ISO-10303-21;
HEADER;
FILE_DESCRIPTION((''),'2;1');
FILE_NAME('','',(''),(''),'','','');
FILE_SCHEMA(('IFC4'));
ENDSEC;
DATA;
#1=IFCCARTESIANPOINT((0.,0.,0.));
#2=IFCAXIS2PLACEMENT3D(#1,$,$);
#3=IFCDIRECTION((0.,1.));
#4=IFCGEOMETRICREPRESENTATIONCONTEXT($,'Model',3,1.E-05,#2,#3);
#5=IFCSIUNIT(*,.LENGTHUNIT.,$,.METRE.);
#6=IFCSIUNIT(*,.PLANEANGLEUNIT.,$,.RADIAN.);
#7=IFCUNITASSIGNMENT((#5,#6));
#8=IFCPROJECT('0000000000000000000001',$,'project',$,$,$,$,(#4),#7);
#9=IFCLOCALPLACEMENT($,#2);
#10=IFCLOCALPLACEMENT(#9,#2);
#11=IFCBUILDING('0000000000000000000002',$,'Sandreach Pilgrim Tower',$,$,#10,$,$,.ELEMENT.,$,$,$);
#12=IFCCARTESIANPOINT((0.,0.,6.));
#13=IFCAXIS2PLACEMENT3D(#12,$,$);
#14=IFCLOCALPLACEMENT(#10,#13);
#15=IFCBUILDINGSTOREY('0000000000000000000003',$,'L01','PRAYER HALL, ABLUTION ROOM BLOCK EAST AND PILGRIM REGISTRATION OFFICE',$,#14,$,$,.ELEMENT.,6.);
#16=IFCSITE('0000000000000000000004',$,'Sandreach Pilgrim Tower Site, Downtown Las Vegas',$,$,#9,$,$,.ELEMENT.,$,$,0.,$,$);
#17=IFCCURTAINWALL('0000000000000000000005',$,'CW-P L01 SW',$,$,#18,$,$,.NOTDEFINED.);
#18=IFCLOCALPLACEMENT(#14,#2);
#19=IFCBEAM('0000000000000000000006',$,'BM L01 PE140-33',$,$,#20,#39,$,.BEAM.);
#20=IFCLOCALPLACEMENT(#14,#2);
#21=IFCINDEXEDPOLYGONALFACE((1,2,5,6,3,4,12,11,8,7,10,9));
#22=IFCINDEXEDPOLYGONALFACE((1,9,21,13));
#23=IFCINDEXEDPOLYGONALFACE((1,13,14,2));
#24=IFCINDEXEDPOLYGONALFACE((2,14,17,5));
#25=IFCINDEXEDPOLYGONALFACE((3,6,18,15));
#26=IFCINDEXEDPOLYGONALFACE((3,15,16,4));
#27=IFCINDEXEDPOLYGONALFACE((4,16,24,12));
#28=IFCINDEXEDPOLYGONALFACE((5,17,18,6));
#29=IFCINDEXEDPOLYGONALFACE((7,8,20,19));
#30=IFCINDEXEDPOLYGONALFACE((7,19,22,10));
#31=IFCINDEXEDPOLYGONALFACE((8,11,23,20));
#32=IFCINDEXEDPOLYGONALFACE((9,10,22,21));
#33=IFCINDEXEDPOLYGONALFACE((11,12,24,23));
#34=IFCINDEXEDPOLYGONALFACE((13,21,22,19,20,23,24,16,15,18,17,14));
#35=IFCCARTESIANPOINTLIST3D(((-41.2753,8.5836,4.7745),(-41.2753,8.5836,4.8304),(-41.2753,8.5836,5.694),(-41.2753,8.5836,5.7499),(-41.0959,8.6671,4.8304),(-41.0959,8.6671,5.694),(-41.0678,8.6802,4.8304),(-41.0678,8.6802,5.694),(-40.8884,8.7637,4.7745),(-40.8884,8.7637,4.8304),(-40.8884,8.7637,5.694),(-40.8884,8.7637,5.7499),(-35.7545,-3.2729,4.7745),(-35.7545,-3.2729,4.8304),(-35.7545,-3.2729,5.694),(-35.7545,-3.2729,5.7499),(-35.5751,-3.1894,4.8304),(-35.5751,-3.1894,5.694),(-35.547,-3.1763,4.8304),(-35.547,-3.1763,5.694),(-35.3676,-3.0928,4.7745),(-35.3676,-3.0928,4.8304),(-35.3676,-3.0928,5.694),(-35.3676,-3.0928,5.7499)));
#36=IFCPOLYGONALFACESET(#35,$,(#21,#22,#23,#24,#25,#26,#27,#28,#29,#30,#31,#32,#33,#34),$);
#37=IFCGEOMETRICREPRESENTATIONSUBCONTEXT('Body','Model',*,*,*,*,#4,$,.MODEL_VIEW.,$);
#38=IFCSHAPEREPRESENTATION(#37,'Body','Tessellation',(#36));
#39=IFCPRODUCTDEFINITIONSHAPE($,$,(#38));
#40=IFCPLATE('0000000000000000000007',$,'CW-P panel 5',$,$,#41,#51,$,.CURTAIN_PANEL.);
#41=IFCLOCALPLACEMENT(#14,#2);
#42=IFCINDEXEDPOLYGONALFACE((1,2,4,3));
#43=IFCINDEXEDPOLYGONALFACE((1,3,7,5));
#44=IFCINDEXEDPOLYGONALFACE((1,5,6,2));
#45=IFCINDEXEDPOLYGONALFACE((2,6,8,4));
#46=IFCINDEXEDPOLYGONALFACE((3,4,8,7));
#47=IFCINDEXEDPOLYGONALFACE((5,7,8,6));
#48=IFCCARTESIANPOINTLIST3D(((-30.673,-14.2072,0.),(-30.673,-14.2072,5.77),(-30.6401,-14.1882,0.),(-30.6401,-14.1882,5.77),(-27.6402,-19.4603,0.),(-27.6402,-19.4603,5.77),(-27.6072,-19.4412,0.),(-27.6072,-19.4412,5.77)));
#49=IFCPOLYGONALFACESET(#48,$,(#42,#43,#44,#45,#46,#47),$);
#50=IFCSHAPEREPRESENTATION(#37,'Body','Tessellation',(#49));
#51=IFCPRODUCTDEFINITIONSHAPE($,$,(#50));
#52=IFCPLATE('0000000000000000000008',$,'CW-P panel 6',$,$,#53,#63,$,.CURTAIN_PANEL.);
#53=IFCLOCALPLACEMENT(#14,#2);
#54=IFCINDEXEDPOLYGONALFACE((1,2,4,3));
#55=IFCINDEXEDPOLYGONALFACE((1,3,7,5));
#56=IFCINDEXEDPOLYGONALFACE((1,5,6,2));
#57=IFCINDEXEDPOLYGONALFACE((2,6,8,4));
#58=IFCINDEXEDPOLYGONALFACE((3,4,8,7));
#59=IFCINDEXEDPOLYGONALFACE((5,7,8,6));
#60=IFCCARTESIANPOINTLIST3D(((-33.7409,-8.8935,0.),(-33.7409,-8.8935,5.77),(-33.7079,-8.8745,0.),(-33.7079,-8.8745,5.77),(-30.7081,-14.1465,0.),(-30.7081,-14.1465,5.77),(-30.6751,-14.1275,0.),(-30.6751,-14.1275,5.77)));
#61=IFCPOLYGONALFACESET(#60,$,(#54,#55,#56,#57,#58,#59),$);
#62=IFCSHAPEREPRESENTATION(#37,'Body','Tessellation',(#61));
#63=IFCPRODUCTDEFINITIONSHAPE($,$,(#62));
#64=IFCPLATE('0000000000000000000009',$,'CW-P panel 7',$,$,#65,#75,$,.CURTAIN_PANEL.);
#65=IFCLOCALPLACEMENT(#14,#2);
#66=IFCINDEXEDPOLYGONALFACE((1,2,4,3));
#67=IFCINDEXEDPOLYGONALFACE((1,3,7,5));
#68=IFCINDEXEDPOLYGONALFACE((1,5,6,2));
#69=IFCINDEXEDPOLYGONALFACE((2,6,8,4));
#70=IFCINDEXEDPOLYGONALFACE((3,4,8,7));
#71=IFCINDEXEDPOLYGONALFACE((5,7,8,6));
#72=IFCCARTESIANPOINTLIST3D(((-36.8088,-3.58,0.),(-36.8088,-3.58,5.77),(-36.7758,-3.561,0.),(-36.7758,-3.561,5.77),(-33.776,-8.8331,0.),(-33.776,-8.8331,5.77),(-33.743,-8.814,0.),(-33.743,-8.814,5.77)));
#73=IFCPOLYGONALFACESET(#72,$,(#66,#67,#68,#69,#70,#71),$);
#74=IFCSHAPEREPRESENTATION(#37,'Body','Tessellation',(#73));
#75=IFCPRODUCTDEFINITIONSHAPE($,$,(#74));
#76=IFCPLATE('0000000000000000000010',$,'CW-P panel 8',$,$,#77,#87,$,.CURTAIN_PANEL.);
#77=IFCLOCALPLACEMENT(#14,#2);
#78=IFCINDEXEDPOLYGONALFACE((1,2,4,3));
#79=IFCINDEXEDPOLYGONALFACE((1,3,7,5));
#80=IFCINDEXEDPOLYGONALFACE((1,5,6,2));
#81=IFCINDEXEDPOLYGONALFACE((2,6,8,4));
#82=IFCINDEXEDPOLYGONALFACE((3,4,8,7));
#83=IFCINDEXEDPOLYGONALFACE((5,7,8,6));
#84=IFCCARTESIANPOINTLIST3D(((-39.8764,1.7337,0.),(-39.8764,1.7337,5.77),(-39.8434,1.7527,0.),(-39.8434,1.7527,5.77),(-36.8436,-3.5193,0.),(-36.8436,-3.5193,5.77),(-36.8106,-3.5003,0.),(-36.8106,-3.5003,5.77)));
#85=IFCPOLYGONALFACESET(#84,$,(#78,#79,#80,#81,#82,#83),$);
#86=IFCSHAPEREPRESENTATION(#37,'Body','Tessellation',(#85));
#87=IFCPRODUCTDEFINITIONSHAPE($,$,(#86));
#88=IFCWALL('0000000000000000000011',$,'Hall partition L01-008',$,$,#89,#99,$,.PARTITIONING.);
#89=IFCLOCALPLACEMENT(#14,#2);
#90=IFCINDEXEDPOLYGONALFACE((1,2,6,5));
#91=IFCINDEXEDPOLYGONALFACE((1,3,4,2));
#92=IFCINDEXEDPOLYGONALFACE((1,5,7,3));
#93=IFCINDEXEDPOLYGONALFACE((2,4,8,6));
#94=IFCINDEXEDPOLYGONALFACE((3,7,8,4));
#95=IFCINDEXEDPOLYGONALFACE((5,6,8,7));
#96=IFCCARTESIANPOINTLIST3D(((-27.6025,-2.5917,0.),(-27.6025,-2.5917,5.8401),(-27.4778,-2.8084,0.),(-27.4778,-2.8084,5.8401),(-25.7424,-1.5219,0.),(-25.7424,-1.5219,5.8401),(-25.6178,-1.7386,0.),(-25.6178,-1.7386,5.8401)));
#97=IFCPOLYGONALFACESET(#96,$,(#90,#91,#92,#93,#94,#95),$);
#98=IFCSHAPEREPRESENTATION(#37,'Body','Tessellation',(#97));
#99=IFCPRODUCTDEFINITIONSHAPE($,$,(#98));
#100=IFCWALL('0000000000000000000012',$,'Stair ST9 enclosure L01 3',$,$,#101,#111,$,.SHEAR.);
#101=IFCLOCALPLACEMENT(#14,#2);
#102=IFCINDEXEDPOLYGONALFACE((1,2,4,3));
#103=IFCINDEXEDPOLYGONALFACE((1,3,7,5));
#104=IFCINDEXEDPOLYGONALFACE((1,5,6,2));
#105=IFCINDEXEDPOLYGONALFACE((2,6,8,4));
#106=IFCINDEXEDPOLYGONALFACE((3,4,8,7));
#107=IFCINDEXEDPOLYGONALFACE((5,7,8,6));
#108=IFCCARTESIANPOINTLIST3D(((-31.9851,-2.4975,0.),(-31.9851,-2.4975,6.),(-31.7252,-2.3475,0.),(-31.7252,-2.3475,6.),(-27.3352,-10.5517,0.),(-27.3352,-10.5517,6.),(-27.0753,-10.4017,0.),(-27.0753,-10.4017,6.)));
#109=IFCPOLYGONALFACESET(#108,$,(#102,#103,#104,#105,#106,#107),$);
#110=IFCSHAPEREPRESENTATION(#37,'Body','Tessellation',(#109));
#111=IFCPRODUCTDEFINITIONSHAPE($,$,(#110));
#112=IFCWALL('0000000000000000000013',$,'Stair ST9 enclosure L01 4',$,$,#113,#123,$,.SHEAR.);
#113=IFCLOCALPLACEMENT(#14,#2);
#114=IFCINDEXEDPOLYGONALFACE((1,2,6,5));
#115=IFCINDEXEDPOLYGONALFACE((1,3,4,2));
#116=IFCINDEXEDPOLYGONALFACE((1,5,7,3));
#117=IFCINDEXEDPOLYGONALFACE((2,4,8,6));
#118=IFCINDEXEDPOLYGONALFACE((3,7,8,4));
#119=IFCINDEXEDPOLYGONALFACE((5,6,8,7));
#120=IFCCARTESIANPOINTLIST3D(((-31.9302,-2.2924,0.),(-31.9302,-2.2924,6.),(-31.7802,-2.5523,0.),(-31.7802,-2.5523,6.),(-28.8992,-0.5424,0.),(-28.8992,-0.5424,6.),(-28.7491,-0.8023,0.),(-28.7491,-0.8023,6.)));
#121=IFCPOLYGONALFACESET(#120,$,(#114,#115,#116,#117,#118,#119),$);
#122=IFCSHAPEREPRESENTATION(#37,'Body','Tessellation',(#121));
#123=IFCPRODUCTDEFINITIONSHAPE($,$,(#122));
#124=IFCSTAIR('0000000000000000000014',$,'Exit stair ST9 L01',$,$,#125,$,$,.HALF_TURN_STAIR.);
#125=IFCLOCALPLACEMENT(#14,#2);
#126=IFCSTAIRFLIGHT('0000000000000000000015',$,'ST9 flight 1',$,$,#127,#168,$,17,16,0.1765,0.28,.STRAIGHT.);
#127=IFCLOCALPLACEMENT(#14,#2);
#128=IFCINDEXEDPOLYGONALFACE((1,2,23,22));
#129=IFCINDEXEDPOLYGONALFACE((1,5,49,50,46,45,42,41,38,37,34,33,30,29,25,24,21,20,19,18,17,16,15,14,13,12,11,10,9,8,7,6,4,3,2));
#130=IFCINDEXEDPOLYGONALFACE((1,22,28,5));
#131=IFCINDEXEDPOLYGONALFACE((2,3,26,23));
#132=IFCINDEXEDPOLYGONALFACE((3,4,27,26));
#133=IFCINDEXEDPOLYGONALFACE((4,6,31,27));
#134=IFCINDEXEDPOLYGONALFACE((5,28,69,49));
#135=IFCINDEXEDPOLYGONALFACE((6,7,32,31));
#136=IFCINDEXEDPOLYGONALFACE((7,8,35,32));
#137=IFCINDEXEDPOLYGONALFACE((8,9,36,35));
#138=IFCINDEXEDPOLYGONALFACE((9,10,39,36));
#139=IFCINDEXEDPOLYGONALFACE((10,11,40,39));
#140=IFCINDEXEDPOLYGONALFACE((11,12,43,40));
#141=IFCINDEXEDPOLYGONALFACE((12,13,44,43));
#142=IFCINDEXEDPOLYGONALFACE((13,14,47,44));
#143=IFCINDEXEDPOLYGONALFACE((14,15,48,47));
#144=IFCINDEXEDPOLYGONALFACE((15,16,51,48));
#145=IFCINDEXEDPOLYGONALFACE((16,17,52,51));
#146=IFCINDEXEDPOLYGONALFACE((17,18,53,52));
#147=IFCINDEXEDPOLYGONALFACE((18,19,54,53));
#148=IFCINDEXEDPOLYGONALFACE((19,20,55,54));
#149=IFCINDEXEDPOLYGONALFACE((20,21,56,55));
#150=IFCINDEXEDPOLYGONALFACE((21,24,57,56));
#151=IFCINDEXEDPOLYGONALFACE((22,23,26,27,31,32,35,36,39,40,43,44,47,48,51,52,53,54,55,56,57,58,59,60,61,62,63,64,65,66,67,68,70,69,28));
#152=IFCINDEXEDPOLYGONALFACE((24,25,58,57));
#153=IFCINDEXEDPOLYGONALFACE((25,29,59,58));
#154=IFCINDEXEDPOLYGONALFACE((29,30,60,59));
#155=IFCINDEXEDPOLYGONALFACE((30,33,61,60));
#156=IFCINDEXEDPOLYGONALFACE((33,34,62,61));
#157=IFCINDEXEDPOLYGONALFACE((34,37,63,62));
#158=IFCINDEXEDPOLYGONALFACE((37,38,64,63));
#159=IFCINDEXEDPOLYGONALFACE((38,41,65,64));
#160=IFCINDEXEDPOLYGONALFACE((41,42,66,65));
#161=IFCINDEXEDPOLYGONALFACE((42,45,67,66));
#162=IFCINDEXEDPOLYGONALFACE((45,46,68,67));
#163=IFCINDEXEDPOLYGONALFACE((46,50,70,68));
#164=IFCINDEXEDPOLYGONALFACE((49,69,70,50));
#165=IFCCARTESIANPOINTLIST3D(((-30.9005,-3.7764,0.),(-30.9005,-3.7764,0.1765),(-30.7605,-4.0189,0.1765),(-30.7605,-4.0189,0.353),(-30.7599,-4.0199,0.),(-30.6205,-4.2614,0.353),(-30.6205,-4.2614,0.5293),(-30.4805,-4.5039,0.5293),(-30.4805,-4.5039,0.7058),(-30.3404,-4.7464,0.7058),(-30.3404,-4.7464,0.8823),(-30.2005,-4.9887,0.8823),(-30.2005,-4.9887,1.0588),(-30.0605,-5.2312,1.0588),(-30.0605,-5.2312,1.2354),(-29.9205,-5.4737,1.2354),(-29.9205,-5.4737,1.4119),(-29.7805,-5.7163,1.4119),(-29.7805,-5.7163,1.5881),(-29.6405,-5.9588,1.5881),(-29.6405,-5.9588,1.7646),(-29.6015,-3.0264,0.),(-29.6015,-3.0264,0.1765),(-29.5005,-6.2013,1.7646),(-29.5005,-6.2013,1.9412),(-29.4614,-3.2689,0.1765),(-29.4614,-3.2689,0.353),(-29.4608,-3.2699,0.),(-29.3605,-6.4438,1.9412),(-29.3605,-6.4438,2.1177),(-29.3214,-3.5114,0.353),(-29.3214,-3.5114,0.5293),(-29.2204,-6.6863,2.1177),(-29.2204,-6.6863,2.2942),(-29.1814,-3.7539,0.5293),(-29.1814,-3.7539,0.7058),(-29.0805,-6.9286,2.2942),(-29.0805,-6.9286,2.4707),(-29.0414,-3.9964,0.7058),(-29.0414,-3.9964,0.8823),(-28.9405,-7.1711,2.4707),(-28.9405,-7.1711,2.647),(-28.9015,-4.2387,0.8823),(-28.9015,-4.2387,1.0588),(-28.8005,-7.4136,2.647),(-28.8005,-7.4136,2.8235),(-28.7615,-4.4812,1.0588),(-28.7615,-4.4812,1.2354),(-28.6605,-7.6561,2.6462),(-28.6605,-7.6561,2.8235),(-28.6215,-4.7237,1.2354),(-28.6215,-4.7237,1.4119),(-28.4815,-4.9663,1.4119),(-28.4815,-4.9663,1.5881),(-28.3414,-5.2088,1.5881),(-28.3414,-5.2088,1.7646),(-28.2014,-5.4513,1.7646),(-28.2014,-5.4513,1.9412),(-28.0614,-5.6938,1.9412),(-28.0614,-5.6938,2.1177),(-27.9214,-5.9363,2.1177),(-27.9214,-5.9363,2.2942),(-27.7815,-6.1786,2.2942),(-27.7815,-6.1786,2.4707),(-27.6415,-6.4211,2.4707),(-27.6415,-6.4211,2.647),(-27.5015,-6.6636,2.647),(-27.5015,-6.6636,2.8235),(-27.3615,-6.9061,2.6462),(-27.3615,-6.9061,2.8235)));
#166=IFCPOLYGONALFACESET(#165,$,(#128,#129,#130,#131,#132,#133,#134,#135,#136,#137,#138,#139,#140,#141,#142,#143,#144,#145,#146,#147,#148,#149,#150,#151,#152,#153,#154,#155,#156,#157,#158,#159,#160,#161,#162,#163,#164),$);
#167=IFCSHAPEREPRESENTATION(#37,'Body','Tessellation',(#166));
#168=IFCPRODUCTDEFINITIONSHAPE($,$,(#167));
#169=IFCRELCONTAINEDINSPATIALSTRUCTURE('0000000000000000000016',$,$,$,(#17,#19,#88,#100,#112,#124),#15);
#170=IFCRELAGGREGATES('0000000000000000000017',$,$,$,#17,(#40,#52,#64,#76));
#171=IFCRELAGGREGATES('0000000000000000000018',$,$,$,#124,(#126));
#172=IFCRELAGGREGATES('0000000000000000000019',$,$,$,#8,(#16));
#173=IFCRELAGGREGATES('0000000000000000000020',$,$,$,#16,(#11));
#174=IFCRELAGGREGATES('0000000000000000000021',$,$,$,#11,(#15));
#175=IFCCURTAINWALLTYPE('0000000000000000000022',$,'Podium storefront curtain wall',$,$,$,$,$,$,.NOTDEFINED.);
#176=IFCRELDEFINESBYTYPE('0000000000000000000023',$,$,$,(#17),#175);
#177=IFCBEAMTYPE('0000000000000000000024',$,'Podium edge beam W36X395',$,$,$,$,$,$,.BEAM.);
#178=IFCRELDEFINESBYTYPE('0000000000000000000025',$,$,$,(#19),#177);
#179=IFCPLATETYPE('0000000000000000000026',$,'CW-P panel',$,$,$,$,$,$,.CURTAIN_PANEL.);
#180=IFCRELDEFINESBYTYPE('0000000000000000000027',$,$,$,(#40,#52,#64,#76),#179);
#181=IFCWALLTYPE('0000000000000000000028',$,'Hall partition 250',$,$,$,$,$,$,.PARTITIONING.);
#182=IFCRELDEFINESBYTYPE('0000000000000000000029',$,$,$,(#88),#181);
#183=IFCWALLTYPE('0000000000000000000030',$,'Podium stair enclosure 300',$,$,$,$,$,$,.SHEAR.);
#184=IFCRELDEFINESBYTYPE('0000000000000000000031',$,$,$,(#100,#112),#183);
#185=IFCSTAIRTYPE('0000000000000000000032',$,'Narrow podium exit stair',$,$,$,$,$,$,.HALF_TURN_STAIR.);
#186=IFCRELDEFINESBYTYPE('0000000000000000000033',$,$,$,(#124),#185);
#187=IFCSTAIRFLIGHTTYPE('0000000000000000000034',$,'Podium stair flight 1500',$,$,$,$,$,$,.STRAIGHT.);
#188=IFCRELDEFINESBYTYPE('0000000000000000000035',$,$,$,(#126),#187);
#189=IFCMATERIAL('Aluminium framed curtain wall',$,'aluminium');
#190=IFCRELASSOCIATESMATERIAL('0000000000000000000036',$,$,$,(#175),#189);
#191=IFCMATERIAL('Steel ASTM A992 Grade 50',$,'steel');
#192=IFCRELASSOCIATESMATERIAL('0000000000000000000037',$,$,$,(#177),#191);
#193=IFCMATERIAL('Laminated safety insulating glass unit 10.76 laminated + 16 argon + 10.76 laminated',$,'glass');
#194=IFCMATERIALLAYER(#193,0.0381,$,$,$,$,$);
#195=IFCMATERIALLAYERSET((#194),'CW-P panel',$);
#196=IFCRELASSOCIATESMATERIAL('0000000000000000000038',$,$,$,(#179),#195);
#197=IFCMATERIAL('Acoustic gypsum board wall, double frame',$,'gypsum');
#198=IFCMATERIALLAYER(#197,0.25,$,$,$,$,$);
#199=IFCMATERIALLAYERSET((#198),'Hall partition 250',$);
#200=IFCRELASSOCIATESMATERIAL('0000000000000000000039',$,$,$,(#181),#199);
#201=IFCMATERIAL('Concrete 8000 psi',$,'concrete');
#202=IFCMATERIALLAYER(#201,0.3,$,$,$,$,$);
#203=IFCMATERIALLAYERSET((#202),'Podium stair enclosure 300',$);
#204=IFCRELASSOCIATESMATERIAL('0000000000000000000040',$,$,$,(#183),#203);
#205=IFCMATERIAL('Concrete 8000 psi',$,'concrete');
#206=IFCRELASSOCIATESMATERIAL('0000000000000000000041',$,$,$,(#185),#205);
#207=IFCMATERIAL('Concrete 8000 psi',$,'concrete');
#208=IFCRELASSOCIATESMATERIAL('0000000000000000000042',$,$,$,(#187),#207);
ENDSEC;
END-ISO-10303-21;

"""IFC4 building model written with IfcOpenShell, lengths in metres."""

from ifc_helpers import new_model, si_unit, direction, frame, frame_2d, origin, origin_2d, place, context, subcontext, project, spatial, polyline, rectangle, i_section, outline, extrude, material, layer, layer_set, material_profile, profile_set, type_object, element, aggregate, save


model = new_model("IFC4")

# Units and contexts
model_context = context("Model", 3, precision=1e-05, world=origin(), true_north=direction((0.0, 1.0)))
body_context = subcontext(model_context, "Body", "Model", "MODEL_VIEW")
ifc_project = project(units=[si_unit("LENGTHUNIT", "METRE"), si_unit("PLANEANGLEUNIT", "RADIAN")], contexts=[model_context])

# Site, building, storey
site_placement = place(None, origin())
site = spatial("IfcSite", under=ifc_project, at=site_placement, Name="Sandreach Pilgrim Tower Site, Downtown Las Vegas", CompositionType="ELEMENT", RefElevation=0.0)
building_placement = place(site_placement, origin())
building = spatial("IfcBuilding", under=site, at=building_placement, Name="Sandreach Pilgrim Tower", CompositionType="ELEMENT")
storey_placement = place(building_placement, frame((0.0, 0.0, 6.0)))
storey = spatial("IfcBuildingStorey", under=building, at=storey_placement, Name="L01", Description="PRAYER HALL, ABLUTION ROOM BLOCK EAST AND PILGRIM REGISTRATION OFFICE", CompositionType="ELEMENT", Elevation=6.0)

# Curtain wall
ifc_material_1 = material(Name="Aluminium framed curtain wall", Category="aluminium")
curtain_wall_type = type_object("IfcCurtainWallType", Name="Podium storefront curtain wall", PredefinedType="NOTDEFINED", material=ifc_material_1)
curtain_wall_placement = place(storey_placement, origin())
curtain_wall = element("IfcCurtainWall", 1, at=curtain_wall_placement, inside=storey, type_object=curtain_wall_type, Name="CW-P L01 SW", PredefinedType="NOTDEFINED")

# Beam
ifc_material_2 = material(Name="Steel ASTM A992 Grade 50", Category="steel")
ifc_material_profile_1 = material_profile(ifc_material_2, i_section(OverallWidth=0.4268, OverallDepth=0.9753, WebThickness=0.031, FlangeThickness=0.0559, at=origin_2d()), Name="W36X395")
ifc_profile_set_1 = profile_set([ifc_material_profile_1], Name="Steel ASTM A992 Grade 50")
beam_type_1 = type_object("IfcBeamType", Name="Podium edge beam W36X395", PredefinedType="BEAM", material=ifc_profile_set_1)
beam_1_placement = place(storey_placement, frame((-35.561, -3.1829, 5.2622), z_axis=(-0.422116, 0.906542, 0.0), x_axis=(-0.906542, -0.422116, 0.0)))
element("IfcBeam", 2, at=beam_1_placement, inside=storey, type_object=beam_type_1, Name="BM L01 PE140-33", PredefinedType="BEAM", context=body_context, shape_type="SweptSolid", body=[
    extrude(i_section(OverallWidth=0.4268, OverallDepth=0.9753, WebThickness=0.031, FlangeThickness=0.0559, at=origin_2d()), origin(), (0.0, 0.0, 1.0), 13.0789),
])

# Plates
ifc_material_3 = material(Name="Laminated safety insulating glass unit 10.76 laminated + 16 argon + 10.76 laminated", Category="glass")
ifc_layer_1 = layer(ifc_material_3, 0.0381)
ifc_layer_set_1 = layer_set([ifc_layer_1], Name="CW-P panel")
plate_type = type_object("IfcPlateType", Name="CW-P panel", PredefinedType="CURTAIN_PANEL", material=ifc_layer_set_1)
plate_1_placement = place(storey_placement, frame((-29.1401, -16.8242, 0.0), z_axis=(0.0, 0.0, 1.0), x_axis=(-0.5, 0.866025, 0.0)))
plate_1 = element("IfcPlate", 3, at=plate_1_placement, type_object=plate_type, Name="CW-P panel 5", PredefinedType="CURTAIN_PANEL", context=body_context, shape_type="SweptSolid", body=[
    extrude(rectangle(XDim=6.0657, YDim=0.0381, at=origin_2d()), origin(), (0.0, 0.0, 1.0), 5.77),
])
plate_2_placement = place(storey_placement, frame((-32.208, -11.5105, 0.0), z_axis=(0.0, 0.0, 1.0), x_axis=(-0.5, 0.866025, 0.0)))
plate_2 = element("IfcPlate", 4, at=plate_2_placement, type_object=plate_type, Name="CW-P panel 6", PredefinedType="CURTAIN_PANEL", context=body_context, shape_type="SweptSolid", body=[
    extrude(rectangle(XDim=6.0657, YDim=0.0381, at=origin_2d()), origin(), (0.0, 0.0, 1.0), 5.77),
])
plate_3_placement = place(storey_placement, frame((-35.2759, -6.197, 0.0), z_axis=(0.0, 0.0, 1.0), x_axis=(-0.5, 0.866025, 0.0)))
plate_3 = element("IfcPlate", 5, at=plate_3_placement, type_object=plate_type, Name="CW-P panel 7", PredefinedType="CURTAIN_PANEL", context=body_context, shape_type="SweptSolid", body=[
    extrude(rectangle(XDim=6.0657, YDim=0.0381, at=origin_2d()), origin(), (0.0, 0.0, 1.0), 5.77),
])
plate_4_placement = place(storey_placement, frame((-38.3435, -0.8833, 0.0), z_axis=(0.0, 0.0, 1.0), x_axis=(-0.5, 0.866025, 0.0)))
plate_4 = element("IfcPlate", 6, at=plate_4_placement, type_object=plate_type, Name="CW-P panel 8", PredefinedType="CURTAIN_PANEL", context=body_context, shape_type="SweptSolid", body=[
    extrude(rectangle(XDim=6.0657, YDim=0.0381, at=origin_2d()), origin(), (0.0, 0.0, 1.0), 5.77),
])
aggregate(curtain_wall, [plate_1, plate_2, plate_3, plate_4])

# Wall
ifc_material_4 = material(Name="Acoustic gypsum board wall, double frame", Category="gypsum")
ifc_layer_2 = layer(ifc_material_4, 0.25)
ifc_layer_set_2 = layer_set([ifc_layer_2], Name="Hall partition 250")
wall_type_1 = type_object("IfcWallType", Name="Hall partition 250", PredefinedType="PARTITIONING", material=ifc_layer_set_2)
wall_1_placement = place(storey_placement, frame((-27.54, -2.7, 0.0), z_axis=(0.0, 0.0, 1.0), x_axis=(0.866853, 0.498563, 0.0)))
element("IfcWall", 7, at=wall_1_placement, inside=storey, type_object=wall_type_1, Name="Hall partition L01-008", PredefinedType="PARTITIONING", context=body_context, shape_type="SweptSolid", body=[
    extrude(rectangle(XDim=2.1458, YDim=0.25, at=frame_2d((1.0728, 0.0))), origin(), (0.0, 0.0, 1.0), 5.8401),
])

# Shared definitions
ifc_material_5 = material(Name="Concrete 8000 psi", Category="concrete")
ifc_layer_3 = layer(ifc_material_5, 0.3)
ifc_layer_set_3 = layer_set([ifc_layer_3], Name="Podium stair enclosure 300")
wall_type_2 = type_object("IfcWallType", Name="Podium stair enclosure 300", PredefinedType="SHEAR", material=ifc_layer_set_3)

# Walls
wall_2_placement = place(storey_placement, frame((-27.2053, -10.4766, 0.0), z_axis=(0.0, 0.0, 1.0), x_axis=(-0.499985, 0.866034, 0.0)))
element("IfcWall", 8, at=wall_2_placement, inside=storey, type_object=wall_type_2, Name="Stair ST9 enclosure L01 3", PredefinedType="SHEAR", context=body_context, shape_type="SweptSolid", body=[
    extrude(rectangle(XDim=9.3, YDim=0.3, at=frame_2d((4.6499, 0.0))), origin(), (0.0, 0.0, 1.0), 6.0),
])
wall_3_placement = place(storey_placement, frame((-31.8552, -2.4224, 0.0), z_axis=(0.0, 0.0, 1.0), x_axis=(0.866019, 0.50001, 0.0)))
element("IfcWall", 9, at=wall_3_placement, inside=storey, type_object=wall_type_2, Name="Stair ST9 enclosure L01 4", PredefinedType="SHEAR", context=body_context, shape_type="SweptSolid", body=[
    extrude(rectangle(XDim=3.5, YDim=0.3, at=frame_2d((1.75, 0.0))), origin(), (0.0, 0.0, 1.0), 6.0),
])

# Stair, stair flight
ifc_material_6 = material(Name="Concrete 8000 psi", Category="concrete")
stair_type = type_object("IfcStairType", Name="Narrow podium exit stair", PredefinedType="HALF_TURN_STAIR", material=ifc_material_6)
stair_placement = place(storey_placement, origin())
stair = element("IfcStair", 10, at=stair_placement, inside=storey, type_object=stair_type, Name="Exit stair ST9 L01", PredefinedType="HALF_TURN_STAIR")
ifc_material_7 = material(Name="Concrete 8000 psi", Category="concrete")
stair_flight_type = type_object("IfcStairFlightType", Name="Podium stair flight 1500", PredefinedType="STRAIGHT", material=ifc_material_7)
stair_flight_placement = place(storey_placement, frame((-30.251, -3.4014, 0.0), z_axis=(0.0, 0.0, 1.0), x_axis=(0.5, -0.866025, 0.0)))
stair_flight = element("IfcStairFlight", 11, at=stair_flight_placement, type_object=stair_flight_type, Name="ST9 flight 1", NumberOfRisers=17, NumberOfTreads=16, PredefinedType="STRAIGHT", RiserHeight=0.1765, TreadLength=0.28, context=body_context, shape_type="SweptSolid", body=[
    extrude(outline(polyline([(0.0, 0.0), (0.0, 0.1765), (0.28, 0.1765), (0.28, 0.353), (0.5601, 0.353), (0.5601, 0.5293), (0.8401, 0.5293), (0.8401, 0.7058), (1.1201, 0.7058), (1.1201, 0.8823), (1.3999, 0.8823), (1.3999, 1.0588), (1.6799, 1.0588), (1.6799, 1.2354), (1.96, 1.2354), (1.96, 1.4119), (2.24, 1.4119), (2.24, 1.5881), (2.52, 1.5881), (2.52, 1.7646), (2.8, 1.7646), (2.8, 1.9412), (3.0801, 1.9412), (3.0801, 2.1177), (3.3601, 2.1177), (3.3601, 2.2942), (3.6399, 2.2942), (3.6399, 2.4707), (3.9199, 2.4707), (3.9199, 2.647), (4.2, 2.647), (4.2, 2.8235), (4.48, 2.8235), (4.48, 3.0), (4.48, 2.6462), (0.2812, 0.0), (0.0, 0.0)])), frame((0.0, 0.75, 0.0), z_axis=(0.0, -1.0, 0.0), x_axis=(1.0, 0.0, 0.0)), (0.0, 0.0, 1.0), 1.5),
])
aggregate(stair, [stair_flight])

save(model, "model.ifc")
